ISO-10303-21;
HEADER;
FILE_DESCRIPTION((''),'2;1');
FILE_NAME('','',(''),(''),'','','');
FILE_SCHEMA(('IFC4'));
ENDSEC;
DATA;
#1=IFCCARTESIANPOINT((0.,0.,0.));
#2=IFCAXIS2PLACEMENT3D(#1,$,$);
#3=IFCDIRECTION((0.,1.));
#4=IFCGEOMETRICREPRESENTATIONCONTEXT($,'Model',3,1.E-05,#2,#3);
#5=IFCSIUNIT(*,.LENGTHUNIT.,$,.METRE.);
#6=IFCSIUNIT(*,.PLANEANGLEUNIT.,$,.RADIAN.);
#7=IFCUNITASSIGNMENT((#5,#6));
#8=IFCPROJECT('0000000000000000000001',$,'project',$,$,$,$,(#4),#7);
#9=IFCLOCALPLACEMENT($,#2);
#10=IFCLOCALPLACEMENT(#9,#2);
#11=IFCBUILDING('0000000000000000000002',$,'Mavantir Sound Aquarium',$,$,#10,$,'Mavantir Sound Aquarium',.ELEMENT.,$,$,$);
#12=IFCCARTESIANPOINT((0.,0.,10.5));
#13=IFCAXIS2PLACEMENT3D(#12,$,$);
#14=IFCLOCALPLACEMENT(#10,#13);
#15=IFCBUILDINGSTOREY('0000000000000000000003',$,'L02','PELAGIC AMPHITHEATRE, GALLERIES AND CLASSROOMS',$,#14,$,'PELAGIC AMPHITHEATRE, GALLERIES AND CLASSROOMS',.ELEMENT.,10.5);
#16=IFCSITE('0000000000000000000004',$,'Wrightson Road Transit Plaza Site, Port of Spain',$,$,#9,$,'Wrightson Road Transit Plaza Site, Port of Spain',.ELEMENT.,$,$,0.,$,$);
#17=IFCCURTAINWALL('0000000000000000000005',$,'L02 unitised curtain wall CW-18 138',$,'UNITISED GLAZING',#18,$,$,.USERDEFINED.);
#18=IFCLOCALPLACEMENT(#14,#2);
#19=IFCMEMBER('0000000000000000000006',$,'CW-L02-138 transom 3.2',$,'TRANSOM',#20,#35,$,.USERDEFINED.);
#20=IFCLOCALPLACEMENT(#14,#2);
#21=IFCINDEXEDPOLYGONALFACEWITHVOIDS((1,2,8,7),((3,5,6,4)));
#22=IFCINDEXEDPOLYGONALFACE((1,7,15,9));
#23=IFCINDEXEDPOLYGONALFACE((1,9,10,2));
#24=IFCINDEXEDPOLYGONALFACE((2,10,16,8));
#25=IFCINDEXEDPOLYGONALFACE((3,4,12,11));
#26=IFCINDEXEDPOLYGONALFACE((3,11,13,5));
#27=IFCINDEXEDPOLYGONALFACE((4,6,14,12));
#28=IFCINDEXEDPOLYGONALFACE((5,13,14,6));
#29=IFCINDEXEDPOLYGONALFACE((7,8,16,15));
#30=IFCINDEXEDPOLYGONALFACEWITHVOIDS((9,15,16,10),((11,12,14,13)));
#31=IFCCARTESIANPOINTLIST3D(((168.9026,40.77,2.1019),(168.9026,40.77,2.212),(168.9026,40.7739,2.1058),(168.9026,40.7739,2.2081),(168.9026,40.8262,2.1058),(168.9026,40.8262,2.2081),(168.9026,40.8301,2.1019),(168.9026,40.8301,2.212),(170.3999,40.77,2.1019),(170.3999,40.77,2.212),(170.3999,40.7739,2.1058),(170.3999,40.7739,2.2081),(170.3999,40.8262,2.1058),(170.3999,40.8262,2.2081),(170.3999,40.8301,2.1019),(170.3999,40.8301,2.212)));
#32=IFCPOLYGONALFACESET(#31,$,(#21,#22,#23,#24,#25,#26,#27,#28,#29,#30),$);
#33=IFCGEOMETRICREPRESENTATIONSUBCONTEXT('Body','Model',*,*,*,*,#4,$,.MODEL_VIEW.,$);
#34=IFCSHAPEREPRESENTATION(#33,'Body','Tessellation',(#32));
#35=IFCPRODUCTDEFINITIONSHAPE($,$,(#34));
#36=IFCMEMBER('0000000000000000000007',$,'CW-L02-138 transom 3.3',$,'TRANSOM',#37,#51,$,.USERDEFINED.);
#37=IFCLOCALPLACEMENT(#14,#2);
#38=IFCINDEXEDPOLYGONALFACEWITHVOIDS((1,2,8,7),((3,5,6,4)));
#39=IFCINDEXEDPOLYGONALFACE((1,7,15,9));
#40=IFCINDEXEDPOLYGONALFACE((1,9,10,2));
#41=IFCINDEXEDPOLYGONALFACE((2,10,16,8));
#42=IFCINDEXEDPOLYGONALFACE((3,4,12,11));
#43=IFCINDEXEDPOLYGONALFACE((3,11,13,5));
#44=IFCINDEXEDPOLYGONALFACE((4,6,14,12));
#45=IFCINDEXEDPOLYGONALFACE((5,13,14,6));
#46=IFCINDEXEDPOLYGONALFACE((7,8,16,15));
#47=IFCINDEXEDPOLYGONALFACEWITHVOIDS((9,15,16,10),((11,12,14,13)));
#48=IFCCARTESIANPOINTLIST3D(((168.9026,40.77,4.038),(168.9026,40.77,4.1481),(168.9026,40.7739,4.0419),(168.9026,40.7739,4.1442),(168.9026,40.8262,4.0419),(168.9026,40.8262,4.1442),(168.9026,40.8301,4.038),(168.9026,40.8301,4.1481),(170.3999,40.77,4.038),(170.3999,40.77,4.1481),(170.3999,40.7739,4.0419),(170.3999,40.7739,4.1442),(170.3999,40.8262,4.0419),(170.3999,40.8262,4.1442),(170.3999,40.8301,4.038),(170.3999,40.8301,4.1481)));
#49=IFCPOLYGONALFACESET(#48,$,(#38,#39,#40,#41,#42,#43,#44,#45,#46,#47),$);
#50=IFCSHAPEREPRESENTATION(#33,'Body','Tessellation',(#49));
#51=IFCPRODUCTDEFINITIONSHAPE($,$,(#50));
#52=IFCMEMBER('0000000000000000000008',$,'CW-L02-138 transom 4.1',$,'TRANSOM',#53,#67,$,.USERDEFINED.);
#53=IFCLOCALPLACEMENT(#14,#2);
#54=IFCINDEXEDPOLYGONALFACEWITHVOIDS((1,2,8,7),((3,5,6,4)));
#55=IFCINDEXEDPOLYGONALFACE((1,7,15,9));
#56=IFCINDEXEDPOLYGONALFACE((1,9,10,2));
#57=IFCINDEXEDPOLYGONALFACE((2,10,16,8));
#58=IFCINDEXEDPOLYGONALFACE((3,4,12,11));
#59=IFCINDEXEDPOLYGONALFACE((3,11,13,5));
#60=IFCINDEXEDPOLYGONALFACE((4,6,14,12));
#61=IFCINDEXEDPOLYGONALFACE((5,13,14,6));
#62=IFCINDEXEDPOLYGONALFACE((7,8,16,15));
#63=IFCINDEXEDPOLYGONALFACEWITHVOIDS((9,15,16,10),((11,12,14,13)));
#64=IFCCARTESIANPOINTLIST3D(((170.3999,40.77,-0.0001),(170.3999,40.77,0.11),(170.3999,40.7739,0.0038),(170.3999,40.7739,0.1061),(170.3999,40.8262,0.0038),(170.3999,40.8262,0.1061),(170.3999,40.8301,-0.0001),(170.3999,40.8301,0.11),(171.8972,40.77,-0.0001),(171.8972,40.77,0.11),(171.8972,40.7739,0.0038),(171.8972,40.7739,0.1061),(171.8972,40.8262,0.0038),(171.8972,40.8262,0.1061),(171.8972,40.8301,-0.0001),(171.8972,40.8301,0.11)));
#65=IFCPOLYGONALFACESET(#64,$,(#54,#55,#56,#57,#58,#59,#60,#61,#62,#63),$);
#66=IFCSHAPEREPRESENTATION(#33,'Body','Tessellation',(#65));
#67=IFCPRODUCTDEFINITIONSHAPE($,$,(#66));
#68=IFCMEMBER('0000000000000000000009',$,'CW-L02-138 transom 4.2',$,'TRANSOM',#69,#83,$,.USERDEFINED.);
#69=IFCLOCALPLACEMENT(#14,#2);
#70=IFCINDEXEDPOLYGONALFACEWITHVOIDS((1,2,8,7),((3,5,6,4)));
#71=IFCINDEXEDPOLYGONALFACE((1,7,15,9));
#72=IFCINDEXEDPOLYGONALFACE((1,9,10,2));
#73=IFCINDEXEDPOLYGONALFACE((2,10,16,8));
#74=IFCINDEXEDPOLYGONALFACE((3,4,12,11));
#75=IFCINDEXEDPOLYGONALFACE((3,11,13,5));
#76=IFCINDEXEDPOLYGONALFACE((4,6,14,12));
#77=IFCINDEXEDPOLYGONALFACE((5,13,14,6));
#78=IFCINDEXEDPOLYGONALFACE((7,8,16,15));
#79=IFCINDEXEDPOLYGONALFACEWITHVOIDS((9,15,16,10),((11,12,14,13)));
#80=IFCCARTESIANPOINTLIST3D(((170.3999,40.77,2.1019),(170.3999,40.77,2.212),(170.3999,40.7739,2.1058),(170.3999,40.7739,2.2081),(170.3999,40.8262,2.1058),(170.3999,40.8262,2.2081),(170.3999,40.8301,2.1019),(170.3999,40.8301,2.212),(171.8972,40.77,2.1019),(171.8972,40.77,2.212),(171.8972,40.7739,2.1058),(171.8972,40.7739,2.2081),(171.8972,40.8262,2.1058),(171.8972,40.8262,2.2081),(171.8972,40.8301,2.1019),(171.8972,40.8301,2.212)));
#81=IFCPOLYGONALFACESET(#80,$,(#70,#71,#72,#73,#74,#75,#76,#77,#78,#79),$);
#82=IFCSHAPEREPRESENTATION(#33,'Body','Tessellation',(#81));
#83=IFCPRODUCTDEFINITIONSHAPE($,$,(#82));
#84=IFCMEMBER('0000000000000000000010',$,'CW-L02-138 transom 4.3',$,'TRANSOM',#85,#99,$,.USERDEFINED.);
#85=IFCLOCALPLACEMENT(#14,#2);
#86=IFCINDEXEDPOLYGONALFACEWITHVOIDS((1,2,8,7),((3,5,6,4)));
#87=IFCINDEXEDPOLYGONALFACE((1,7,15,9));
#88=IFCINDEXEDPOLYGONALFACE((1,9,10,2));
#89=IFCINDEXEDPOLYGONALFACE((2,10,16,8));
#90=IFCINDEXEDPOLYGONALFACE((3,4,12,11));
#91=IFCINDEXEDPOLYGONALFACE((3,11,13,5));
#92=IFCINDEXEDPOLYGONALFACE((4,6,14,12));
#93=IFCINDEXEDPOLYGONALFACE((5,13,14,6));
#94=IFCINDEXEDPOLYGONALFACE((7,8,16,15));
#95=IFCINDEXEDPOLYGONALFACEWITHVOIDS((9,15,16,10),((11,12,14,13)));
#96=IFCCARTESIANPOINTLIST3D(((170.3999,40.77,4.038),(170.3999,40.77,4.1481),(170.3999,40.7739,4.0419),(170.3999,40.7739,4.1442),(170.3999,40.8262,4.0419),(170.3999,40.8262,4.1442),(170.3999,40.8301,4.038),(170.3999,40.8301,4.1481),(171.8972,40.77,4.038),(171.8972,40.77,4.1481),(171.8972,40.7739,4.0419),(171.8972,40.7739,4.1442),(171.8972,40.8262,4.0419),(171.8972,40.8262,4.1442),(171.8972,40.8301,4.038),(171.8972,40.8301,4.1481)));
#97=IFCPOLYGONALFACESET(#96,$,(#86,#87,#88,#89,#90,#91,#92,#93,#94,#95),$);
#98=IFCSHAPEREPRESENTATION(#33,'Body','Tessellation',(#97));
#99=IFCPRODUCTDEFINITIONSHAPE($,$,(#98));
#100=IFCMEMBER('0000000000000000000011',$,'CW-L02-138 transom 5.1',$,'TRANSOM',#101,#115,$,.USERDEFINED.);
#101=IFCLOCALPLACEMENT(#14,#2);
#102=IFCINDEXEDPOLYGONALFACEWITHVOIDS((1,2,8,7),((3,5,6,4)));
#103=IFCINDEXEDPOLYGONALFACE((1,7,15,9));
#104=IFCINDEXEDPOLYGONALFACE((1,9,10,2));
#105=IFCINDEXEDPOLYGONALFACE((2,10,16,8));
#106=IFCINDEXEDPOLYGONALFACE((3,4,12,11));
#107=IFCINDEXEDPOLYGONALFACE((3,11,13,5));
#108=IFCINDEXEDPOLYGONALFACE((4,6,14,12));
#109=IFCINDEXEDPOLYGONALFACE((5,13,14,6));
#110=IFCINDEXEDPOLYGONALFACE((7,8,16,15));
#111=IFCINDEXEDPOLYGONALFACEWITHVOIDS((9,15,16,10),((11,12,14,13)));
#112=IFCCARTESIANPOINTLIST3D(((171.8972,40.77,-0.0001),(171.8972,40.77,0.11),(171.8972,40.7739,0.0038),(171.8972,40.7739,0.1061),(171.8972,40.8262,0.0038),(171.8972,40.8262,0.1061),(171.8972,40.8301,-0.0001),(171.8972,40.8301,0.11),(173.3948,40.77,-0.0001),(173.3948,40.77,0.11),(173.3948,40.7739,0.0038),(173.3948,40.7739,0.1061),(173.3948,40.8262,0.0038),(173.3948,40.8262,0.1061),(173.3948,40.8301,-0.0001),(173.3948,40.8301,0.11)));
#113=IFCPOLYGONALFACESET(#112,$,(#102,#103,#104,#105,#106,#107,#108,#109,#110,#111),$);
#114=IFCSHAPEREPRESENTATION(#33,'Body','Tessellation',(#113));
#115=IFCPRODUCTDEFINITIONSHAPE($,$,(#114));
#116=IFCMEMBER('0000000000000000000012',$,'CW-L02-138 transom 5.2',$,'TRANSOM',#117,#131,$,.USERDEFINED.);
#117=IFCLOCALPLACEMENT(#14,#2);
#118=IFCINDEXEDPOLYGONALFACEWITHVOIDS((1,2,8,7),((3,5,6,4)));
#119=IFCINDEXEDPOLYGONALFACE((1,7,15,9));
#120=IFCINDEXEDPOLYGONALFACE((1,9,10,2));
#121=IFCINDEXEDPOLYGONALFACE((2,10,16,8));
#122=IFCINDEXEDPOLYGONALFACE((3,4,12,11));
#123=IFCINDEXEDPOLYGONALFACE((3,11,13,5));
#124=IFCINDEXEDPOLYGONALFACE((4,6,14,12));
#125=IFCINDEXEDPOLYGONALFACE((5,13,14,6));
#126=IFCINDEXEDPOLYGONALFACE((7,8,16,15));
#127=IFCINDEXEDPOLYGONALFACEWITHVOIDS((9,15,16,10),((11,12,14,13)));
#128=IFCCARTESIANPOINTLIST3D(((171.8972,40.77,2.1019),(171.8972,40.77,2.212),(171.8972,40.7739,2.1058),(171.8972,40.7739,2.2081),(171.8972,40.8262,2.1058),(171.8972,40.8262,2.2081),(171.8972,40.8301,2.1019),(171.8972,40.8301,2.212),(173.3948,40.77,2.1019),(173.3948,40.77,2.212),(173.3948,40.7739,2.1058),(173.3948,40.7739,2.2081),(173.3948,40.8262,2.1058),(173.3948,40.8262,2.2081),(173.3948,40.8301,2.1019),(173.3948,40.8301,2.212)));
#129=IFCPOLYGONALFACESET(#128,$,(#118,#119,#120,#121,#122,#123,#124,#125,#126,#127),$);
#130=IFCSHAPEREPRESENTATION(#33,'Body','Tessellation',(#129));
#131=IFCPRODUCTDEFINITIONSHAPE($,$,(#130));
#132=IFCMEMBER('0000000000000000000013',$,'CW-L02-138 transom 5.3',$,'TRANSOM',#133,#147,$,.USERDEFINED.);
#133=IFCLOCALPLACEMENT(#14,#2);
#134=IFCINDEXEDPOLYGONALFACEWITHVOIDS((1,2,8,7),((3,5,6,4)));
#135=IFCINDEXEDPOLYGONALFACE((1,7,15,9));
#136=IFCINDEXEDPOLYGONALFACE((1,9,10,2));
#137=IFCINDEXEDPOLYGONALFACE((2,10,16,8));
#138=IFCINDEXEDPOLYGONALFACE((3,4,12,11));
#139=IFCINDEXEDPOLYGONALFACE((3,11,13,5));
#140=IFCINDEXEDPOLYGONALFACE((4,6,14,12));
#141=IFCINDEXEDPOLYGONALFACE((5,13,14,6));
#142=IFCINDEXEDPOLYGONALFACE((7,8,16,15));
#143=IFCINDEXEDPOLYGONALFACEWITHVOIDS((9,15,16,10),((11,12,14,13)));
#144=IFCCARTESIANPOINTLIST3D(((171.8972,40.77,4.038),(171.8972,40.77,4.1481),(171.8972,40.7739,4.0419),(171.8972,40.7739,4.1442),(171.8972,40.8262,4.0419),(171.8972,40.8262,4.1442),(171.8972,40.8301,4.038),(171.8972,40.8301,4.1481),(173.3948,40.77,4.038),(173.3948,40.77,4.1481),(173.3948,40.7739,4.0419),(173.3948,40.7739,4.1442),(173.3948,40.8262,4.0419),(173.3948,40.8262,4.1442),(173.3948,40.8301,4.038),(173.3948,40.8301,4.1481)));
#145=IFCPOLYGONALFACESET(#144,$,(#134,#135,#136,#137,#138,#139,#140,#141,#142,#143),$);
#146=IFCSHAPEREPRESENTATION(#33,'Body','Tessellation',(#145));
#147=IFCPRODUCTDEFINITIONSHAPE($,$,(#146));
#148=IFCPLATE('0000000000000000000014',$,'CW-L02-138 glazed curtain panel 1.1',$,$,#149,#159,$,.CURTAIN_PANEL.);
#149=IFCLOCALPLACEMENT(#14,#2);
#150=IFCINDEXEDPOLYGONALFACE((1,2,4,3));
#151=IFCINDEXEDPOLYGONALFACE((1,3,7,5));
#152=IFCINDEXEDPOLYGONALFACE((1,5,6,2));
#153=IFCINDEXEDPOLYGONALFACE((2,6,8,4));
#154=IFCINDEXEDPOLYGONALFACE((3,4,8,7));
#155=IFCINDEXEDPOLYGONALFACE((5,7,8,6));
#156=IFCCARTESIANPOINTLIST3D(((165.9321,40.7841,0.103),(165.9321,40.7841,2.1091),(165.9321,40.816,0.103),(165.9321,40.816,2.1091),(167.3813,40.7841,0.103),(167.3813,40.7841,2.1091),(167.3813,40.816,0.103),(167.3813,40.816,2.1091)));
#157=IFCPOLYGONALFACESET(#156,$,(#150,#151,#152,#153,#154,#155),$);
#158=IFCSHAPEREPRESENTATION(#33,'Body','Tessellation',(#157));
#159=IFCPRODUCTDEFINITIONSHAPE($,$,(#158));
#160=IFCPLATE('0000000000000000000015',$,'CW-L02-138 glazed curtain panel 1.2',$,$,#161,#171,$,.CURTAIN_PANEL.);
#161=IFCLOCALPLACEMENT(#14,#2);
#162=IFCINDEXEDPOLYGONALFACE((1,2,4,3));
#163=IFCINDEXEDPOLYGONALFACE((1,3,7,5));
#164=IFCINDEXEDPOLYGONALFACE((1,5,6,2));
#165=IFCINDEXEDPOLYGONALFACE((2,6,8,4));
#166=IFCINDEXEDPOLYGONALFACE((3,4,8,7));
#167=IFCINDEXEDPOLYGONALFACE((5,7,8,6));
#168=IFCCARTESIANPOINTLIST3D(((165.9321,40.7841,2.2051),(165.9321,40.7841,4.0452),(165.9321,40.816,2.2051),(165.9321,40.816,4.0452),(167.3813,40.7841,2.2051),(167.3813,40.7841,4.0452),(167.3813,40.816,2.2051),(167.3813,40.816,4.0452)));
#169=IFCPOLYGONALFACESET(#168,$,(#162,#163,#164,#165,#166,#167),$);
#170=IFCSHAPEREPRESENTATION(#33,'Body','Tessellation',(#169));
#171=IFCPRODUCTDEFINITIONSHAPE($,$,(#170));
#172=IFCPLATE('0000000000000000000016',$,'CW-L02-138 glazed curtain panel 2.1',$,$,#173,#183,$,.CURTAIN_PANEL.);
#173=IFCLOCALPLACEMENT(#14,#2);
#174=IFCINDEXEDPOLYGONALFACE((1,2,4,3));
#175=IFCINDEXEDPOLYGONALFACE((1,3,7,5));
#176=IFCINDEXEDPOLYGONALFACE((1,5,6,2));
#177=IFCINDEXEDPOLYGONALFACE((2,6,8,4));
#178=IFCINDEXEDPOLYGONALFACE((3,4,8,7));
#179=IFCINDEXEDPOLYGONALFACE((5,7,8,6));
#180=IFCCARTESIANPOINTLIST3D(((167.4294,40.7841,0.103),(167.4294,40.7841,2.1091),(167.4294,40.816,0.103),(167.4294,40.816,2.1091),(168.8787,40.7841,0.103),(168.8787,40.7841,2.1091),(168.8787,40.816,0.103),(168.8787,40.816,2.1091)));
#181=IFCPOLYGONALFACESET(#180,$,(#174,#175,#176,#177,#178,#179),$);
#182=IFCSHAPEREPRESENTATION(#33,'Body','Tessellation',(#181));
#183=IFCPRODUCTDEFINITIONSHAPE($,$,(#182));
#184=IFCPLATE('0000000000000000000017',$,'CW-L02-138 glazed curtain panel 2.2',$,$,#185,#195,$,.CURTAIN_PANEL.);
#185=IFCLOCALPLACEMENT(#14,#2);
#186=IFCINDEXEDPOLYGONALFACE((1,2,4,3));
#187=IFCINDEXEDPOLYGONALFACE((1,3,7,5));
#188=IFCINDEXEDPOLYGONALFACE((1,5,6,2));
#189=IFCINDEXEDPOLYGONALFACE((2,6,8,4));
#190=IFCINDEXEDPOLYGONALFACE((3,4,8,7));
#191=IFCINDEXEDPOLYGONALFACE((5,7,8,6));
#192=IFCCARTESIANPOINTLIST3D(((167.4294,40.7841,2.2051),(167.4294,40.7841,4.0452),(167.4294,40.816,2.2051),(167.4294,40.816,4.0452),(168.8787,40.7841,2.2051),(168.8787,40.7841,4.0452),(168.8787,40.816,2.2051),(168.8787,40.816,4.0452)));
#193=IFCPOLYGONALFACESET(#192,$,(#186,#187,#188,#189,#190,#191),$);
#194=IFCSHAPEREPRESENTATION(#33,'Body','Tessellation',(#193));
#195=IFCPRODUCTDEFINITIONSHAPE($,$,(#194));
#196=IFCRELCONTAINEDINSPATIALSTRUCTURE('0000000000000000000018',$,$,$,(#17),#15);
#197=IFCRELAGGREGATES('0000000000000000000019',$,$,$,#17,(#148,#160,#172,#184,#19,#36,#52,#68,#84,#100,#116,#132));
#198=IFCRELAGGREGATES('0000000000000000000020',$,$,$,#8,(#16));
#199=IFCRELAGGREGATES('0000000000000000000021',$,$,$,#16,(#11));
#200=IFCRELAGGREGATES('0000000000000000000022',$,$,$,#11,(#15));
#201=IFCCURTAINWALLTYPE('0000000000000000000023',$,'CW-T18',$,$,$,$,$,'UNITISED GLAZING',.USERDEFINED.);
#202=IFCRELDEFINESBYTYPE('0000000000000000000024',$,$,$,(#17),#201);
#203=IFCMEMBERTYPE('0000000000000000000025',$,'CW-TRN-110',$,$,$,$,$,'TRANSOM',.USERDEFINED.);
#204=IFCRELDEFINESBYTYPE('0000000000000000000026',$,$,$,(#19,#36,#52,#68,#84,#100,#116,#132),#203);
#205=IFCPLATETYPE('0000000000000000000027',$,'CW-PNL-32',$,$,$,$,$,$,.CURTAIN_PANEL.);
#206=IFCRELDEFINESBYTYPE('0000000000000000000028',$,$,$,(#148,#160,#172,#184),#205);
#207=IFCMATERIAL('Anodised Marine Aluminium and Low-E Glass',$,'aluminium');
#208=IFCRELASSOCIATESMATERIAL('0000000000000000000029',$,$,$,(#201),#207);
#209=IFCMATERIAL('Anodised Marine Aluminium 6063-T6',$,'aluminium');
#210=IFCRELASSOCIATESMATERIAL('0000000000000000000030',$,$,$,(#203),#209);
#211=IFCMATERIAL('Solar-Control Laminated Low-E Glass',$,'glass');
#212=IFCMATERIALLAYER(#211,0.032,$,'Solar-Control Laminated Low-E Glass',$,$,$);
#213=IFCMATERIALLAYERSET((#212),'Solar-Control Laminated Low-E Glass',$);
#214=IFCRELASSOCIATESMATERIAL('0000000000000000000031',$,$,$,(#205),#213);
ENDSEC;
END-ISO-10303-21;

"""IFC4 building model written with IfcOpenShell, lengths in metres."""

from ifc_helpers import new_model, si_unit, direction, frame, origin, origin_2d, place, context, subcontext, project, spatial, rectangle, hollow_rectangle, extrude, material, layer, layer_set, material_profile, profile_set, type_object, element, aggregate, save


model = new_model("IFC4")

# Units and contexts
model_context = context("Model", 3, precision=1e-05, world=origin(), true_north=direction((0.0, 1.0)))
body_context = subcontext(model_context, "Body", "Model", "MODEL_VIEW")
ifc_project = project(units=[si_unit("LENGTHUNIT", "METRE"), si_unit("PLANEANGLEUNIT", "RADIAN")], contexts=[model_context])

# Site, building, storey
site_placement = place(None, origin())
site = spatial("IfcSite", under=ifc_project, at=site_placement, Name="Wrightson Road Transit Plaza Site, Port of Spain", LongName="Wrightson Road Transit Plaza Site, Port of Spain", CompositionType="ELEMENT", RefElevation=0.0)
building_placement = place(site_placement, origin())
building = spatial("IfcBuilding", under=site, at=building_placement, Name="Mavantir Sound Aquarium", LongName="Mavantir Sound Aquarium", CompositionType="ELEMENT")
storey_placement = place(building_placement, frame((0.0, 0.0, 10.5)))
storey = spatial("IfcBuildingStorey", under=building, at=storey_placement, Name="L02", Description="PELAGIC AMPHITHEATRE, GALLERIES AND CLASSROOMS", LongName="PELAGIC AMPHITHEATRE, GALLERIES AND CLASSROOMS", CompositionType="ELEMENT", Elevation=10.5)

# Curtain wall, members, plates
ifc_material_1 = material(Name="Anodised Marine Aluminium and Low-E Glass", Category="aluminium")
curtain_wall_type = type_object("IfcCurtainWallType", Name="CW-T18", ElementType="UNITISED GLAZING", PredefinedType="USERDEFINED", material=ifc_material_1)
curtain_wall_placement = place(storey_placement, origin())
curtain_wall = element("IfcCurtainWall", 1, at=curtain_wall_placement, inside=storey, type_object=curtain_wall_type, Name="L02 unitised curtain wall CW-18 138", ObjectType="UNITISED GLAZING", PredefinedType="USERDEFINED")
ifc_material_2 = material(Name="Anodised Marine Aluminium 6063-T6", Category="aluminium")
ifc_material_profile_1 = material_profile(ifc_material_2, hollow_rectangle(XDim=0.0601, YDim=0.1101, WallThickness=0.0039, at=origin_2d()), Name="ALU-TRANSOM-110X60")
ifc_profile_set_1 = profile_set([ifc_material_profile_1], Name="Anodised Marine Aluminium 6063-T6")
member_type_1 = type_object("IfcMemberType", Name="CW-TRN-110", ElementType="TRANSOM", PredefinedType="USERDEFINED", material=ifc_profile_set_1)
member_1_placement = place(storey_placement, frame((168.9026, 40.8, 2.157), z_axis=(1.0, 0.0, 0.0), x_axis=(0.0, 1.0, 0.0)))
member_1 = element("IfcMember", 2, at=member_1_placement, type_object=member_type_1, Name="CW-L02-138 transom 3.2", ObjectType="TRANSOM", PredefinedType="USERDEFINED", context=body_context, shape_type="SweptSolid", body=[
    extrude(hollow_rectangle(XDim=0.0601, YDim=0.1101, WallThickness=0.0039, at=origin_2d()), origin(), (0.0, 0.0, 1.0), 1.4973),
])
member_2_placement = place(storey_placement, frame((168.9026, 40.8, 4.093), z_axis=(1.0, 0.0, 0.0), x_axis=(0.0, 1.0, 0.0)))
member_2 = element("IfcMember", 3, at=member_2_placement, type_object=member_type_1, Name="CW-L02-138 transom 3.3", ObjectType="TRANSOM", PredefinedType="USERDEFINED", context=body_context, shape_type="SweptSolid", body=[
    extrude(hollow_rectangle(XDim=0.0601, YDim=0.1101, WallThickness=0.0039, at=origin_2d()), origin(), (0.0, 0.0, 1.0), 1.4973),
])
member_3_placement = place(storey_placement, frame((170.3999, 40.8, 0.0549), z_axis=(1.0, 0.0, 0.0), x_axis=(0.0, 1.0, 0.0)))
member_3 = element("IfcMember", 4, at=member_3_placement, type_object=member_type_1, Name="CW-L02-138 transom 4.1", ObjectType="TRANSOM", PredefinedType="USERDEFINED", context=body_context, shape_type="SweptSolid", body=[
    extrude(hollow_rectangle(XDim=0.0601, YDim=0.1101, WallThickness=0.0039, at=origin_2d()), origin(), (0.0, 0.0, 1.0), 1.4973),
])
member_4_placement = place(storey_placement, frame((170.3999, 40.8, 2.157), z_axis=(1.0, 0.0, 0.0), x_axis=(0.0, 1.0, 0.0)))
member_4 = element("IfcMember", 5, at=member_4_placement, type_object=member_type_1, Name="CW-L02-138 transom 4.2", ObjectType="TRANSOM", PredefinedType="USERDEFINED", context=body_context, shape_type="SweptSolid", body=[
    extrude(hollow_rectangle(XDim=0.0601, YDim=0.1101, WallThickness=0.0039, at=origin_2d()), origin(), (0.0, 0.0, 1.0), 1.4973),
])
member_5_placement = place(storey_placement, frame((170.3999, 40.8, 4.093), z_axis=(1.0, 0.0, 0.0), x_axis=(0.0, 1.0, 0.0)))
member_5 = element("IfcMember", 6, at=member_5_placement, type_object=member_type_1, Name="CW-L02-138 transom 4.3", ObjectType="TRANSOM", PredefinedType="USERDEFINED", context=body_context, shape_type="SweptSolid", body=[
    extrude(hollow_rectangle(XDim=0.0601, YDim=0.1101, WallThickness=0.0039, at=origin_2d()), origin(), (0.0, 0.0, 1.0), 1.4973),
])
member_6_placement = place(storey_placement, frame((171.8972, 40.8, 0.0549), z_axis=(1.0, 0.0, 0.0), x_axis=(0.0, 1.0, 0.0)))
member_6 = element("IfcMember", 7, at=member_6_placement, type_object=member_type_1, Name="CW-L02-138 transom 5.1", ObjectType="TRANSOM", PredefinedType="USERDEFINED", context=body_context, shape_type="SweptSolid", body=[
    extrude(hollow_rectangle(XDim=0.0601, YDim=0.1101, WallThickness=0.0039, at=origin_2d()), origin(), (0.0, 0.0, 1.0), 1.4976),
])
member_7_placement = place(storey_placement, frame((171.8972, 40.8, 2.157), z_axis=(1.0, 0.0, 0.0), x_axis=(0.0, 1.0, 0.0)))
member_7 = element("IfcMember", 8, at=member_7_placement, type_object=member_type_1, Name="CW-L02-138 transom 5.2", ObjectType="TRANSOM", PredefinedType="USERDEFINED", context=body_context, shape_type="SweptSolid", body=[
    extrude(hollow_rectangle(XDim=0.0601, YDim=0.1101, WallThickness=0.0039, at=origin_2d()), origin(), (0.0, 0.0, 1.0), 1.4976),
])
member_8_placement = place(storey_placement, frame((171.8972, 40.8, 4.093), z_axis=(1.0, 0.0, 0.0), x_axis=(0.0, 1.0, 0.0)))
member_8 = element("IfcMember", 9, at=member_8_placement, type_object=member_type_1, Name="CW-L02-138 transom 5.3", ObjectType="TRANSOM", PredefinedType="USERDEFINED", context=body_context, shape_type="SweptSolid", body=[
    extrude(hollow_rectangle(XDim=0.0601, YDim=0.1101, WallThickness=0.0039, at=origin_2d()), origin(), (0.0, 0.0, 1.0), 1.4976),
])
ifc_material_3 = material(Name="Solar-Control Laminated Low-E Glass", Category="glass")
ifc_layer = layer(ifc_material_3, 0.032, Name="Solar-Control Laminated Low-E Glass")
ifc_layer_set = layer_set([ifc_layer], Name="Solar-Control Laminated Low-E Glass")
plate_type = type_object("IfcPlateType", Name="CW-PNL-32", PredefinedType="CURTAIN_PANEL", material=ifc_layer_set)
plate_1_placement = place(storey_placement, frame((166.6567, 40.8, 0.103), z_axis=(0.0, 0.0, 1.0), x_axis=(1.0, 0.0, 0.0)))
plate_1 = element("IfcPlate", 10, at=plate_1_placement, type_object=plate_type, Name="CW-L02-138 glazed curtain panel 1.1", PredefinedType="CURTAIN_PANEL", context=body_context, shape_type="SweptSolid", body=[
    extrude(rectangle(XDim=1.4492, YDim=0.032, at=origin_2d()), origin(), (0.0, 0.0, 1.0), 2.0061),
])
plate_2_placement = place(storey_placement, frame((166.6567, 40.8, 2.2051), z_axis=(0.0, 0.0, 1.0), x_axis=(1.0, 0.0, 0.0)))
plate_2 = element("IfcPlate", 11, at=plate_2_placement, type_object=plate_type, Name="CW-L02-138 glazed curtain panel 1.2", PredefinedType="CURTAIN_PANEL", context=body_context, shape_type="SweptSolid", body=[
    extrude(rectangle(XDim=1.4492, YDim=0.032, at=origin_2d()), origin(), (0.0, 0.0, 1.0), 1.8401),
])
plate_3_placement = place(storey_placement, frame((168.1541, 40.8, 0.103), z_axis=(0.0, 0.0, 1.0), x_axis=(1.0, 0.0, 0.0)))
plate_3 = element("IfcPlate", 12, at=plate_3_placement, type_object=plate_type, Name="CW-L02-138 glazed curtain panel 2.1", PredefinedType="CURTAIN_PANEL", context=body_context, shape_type="SweptSolid", body=[
    extrude(rectangle(XDim=1.4492, YDim=0.032, at=origin_2d()), origin(), (0.0, 0.0, 1.0), 2.0061),
])
plate_4_placement = place(storey_placement, frame((168.1541, 40.8, 2.2051), z_axis=(0.0, 0.0, 1.0), x_axis=(1.0, 0.0, 0.0)))
plate_4 = element("IfcPlate", 13, at=plate_4_placement, type_object=plate_type, Name="CW-L02-138 glazed curtain panel 2.2", PredefinedType="CURTAIN_PANEL", context=body_context, shape_type="SweptSolid", body=[
    extrude(rectangle(XDim=1.4492, YDim=0.032, at=origin_2d()), origin(), (0.0, 0.0, 1.0), 1.8401),
])
aggregate(curtain_wall, [plate_1, plate_2, plate_3, plate_4, member_1, member_2, member_3, member_4, member_5, member_6, member_7, member_8])

save(model, "model.ifc")
